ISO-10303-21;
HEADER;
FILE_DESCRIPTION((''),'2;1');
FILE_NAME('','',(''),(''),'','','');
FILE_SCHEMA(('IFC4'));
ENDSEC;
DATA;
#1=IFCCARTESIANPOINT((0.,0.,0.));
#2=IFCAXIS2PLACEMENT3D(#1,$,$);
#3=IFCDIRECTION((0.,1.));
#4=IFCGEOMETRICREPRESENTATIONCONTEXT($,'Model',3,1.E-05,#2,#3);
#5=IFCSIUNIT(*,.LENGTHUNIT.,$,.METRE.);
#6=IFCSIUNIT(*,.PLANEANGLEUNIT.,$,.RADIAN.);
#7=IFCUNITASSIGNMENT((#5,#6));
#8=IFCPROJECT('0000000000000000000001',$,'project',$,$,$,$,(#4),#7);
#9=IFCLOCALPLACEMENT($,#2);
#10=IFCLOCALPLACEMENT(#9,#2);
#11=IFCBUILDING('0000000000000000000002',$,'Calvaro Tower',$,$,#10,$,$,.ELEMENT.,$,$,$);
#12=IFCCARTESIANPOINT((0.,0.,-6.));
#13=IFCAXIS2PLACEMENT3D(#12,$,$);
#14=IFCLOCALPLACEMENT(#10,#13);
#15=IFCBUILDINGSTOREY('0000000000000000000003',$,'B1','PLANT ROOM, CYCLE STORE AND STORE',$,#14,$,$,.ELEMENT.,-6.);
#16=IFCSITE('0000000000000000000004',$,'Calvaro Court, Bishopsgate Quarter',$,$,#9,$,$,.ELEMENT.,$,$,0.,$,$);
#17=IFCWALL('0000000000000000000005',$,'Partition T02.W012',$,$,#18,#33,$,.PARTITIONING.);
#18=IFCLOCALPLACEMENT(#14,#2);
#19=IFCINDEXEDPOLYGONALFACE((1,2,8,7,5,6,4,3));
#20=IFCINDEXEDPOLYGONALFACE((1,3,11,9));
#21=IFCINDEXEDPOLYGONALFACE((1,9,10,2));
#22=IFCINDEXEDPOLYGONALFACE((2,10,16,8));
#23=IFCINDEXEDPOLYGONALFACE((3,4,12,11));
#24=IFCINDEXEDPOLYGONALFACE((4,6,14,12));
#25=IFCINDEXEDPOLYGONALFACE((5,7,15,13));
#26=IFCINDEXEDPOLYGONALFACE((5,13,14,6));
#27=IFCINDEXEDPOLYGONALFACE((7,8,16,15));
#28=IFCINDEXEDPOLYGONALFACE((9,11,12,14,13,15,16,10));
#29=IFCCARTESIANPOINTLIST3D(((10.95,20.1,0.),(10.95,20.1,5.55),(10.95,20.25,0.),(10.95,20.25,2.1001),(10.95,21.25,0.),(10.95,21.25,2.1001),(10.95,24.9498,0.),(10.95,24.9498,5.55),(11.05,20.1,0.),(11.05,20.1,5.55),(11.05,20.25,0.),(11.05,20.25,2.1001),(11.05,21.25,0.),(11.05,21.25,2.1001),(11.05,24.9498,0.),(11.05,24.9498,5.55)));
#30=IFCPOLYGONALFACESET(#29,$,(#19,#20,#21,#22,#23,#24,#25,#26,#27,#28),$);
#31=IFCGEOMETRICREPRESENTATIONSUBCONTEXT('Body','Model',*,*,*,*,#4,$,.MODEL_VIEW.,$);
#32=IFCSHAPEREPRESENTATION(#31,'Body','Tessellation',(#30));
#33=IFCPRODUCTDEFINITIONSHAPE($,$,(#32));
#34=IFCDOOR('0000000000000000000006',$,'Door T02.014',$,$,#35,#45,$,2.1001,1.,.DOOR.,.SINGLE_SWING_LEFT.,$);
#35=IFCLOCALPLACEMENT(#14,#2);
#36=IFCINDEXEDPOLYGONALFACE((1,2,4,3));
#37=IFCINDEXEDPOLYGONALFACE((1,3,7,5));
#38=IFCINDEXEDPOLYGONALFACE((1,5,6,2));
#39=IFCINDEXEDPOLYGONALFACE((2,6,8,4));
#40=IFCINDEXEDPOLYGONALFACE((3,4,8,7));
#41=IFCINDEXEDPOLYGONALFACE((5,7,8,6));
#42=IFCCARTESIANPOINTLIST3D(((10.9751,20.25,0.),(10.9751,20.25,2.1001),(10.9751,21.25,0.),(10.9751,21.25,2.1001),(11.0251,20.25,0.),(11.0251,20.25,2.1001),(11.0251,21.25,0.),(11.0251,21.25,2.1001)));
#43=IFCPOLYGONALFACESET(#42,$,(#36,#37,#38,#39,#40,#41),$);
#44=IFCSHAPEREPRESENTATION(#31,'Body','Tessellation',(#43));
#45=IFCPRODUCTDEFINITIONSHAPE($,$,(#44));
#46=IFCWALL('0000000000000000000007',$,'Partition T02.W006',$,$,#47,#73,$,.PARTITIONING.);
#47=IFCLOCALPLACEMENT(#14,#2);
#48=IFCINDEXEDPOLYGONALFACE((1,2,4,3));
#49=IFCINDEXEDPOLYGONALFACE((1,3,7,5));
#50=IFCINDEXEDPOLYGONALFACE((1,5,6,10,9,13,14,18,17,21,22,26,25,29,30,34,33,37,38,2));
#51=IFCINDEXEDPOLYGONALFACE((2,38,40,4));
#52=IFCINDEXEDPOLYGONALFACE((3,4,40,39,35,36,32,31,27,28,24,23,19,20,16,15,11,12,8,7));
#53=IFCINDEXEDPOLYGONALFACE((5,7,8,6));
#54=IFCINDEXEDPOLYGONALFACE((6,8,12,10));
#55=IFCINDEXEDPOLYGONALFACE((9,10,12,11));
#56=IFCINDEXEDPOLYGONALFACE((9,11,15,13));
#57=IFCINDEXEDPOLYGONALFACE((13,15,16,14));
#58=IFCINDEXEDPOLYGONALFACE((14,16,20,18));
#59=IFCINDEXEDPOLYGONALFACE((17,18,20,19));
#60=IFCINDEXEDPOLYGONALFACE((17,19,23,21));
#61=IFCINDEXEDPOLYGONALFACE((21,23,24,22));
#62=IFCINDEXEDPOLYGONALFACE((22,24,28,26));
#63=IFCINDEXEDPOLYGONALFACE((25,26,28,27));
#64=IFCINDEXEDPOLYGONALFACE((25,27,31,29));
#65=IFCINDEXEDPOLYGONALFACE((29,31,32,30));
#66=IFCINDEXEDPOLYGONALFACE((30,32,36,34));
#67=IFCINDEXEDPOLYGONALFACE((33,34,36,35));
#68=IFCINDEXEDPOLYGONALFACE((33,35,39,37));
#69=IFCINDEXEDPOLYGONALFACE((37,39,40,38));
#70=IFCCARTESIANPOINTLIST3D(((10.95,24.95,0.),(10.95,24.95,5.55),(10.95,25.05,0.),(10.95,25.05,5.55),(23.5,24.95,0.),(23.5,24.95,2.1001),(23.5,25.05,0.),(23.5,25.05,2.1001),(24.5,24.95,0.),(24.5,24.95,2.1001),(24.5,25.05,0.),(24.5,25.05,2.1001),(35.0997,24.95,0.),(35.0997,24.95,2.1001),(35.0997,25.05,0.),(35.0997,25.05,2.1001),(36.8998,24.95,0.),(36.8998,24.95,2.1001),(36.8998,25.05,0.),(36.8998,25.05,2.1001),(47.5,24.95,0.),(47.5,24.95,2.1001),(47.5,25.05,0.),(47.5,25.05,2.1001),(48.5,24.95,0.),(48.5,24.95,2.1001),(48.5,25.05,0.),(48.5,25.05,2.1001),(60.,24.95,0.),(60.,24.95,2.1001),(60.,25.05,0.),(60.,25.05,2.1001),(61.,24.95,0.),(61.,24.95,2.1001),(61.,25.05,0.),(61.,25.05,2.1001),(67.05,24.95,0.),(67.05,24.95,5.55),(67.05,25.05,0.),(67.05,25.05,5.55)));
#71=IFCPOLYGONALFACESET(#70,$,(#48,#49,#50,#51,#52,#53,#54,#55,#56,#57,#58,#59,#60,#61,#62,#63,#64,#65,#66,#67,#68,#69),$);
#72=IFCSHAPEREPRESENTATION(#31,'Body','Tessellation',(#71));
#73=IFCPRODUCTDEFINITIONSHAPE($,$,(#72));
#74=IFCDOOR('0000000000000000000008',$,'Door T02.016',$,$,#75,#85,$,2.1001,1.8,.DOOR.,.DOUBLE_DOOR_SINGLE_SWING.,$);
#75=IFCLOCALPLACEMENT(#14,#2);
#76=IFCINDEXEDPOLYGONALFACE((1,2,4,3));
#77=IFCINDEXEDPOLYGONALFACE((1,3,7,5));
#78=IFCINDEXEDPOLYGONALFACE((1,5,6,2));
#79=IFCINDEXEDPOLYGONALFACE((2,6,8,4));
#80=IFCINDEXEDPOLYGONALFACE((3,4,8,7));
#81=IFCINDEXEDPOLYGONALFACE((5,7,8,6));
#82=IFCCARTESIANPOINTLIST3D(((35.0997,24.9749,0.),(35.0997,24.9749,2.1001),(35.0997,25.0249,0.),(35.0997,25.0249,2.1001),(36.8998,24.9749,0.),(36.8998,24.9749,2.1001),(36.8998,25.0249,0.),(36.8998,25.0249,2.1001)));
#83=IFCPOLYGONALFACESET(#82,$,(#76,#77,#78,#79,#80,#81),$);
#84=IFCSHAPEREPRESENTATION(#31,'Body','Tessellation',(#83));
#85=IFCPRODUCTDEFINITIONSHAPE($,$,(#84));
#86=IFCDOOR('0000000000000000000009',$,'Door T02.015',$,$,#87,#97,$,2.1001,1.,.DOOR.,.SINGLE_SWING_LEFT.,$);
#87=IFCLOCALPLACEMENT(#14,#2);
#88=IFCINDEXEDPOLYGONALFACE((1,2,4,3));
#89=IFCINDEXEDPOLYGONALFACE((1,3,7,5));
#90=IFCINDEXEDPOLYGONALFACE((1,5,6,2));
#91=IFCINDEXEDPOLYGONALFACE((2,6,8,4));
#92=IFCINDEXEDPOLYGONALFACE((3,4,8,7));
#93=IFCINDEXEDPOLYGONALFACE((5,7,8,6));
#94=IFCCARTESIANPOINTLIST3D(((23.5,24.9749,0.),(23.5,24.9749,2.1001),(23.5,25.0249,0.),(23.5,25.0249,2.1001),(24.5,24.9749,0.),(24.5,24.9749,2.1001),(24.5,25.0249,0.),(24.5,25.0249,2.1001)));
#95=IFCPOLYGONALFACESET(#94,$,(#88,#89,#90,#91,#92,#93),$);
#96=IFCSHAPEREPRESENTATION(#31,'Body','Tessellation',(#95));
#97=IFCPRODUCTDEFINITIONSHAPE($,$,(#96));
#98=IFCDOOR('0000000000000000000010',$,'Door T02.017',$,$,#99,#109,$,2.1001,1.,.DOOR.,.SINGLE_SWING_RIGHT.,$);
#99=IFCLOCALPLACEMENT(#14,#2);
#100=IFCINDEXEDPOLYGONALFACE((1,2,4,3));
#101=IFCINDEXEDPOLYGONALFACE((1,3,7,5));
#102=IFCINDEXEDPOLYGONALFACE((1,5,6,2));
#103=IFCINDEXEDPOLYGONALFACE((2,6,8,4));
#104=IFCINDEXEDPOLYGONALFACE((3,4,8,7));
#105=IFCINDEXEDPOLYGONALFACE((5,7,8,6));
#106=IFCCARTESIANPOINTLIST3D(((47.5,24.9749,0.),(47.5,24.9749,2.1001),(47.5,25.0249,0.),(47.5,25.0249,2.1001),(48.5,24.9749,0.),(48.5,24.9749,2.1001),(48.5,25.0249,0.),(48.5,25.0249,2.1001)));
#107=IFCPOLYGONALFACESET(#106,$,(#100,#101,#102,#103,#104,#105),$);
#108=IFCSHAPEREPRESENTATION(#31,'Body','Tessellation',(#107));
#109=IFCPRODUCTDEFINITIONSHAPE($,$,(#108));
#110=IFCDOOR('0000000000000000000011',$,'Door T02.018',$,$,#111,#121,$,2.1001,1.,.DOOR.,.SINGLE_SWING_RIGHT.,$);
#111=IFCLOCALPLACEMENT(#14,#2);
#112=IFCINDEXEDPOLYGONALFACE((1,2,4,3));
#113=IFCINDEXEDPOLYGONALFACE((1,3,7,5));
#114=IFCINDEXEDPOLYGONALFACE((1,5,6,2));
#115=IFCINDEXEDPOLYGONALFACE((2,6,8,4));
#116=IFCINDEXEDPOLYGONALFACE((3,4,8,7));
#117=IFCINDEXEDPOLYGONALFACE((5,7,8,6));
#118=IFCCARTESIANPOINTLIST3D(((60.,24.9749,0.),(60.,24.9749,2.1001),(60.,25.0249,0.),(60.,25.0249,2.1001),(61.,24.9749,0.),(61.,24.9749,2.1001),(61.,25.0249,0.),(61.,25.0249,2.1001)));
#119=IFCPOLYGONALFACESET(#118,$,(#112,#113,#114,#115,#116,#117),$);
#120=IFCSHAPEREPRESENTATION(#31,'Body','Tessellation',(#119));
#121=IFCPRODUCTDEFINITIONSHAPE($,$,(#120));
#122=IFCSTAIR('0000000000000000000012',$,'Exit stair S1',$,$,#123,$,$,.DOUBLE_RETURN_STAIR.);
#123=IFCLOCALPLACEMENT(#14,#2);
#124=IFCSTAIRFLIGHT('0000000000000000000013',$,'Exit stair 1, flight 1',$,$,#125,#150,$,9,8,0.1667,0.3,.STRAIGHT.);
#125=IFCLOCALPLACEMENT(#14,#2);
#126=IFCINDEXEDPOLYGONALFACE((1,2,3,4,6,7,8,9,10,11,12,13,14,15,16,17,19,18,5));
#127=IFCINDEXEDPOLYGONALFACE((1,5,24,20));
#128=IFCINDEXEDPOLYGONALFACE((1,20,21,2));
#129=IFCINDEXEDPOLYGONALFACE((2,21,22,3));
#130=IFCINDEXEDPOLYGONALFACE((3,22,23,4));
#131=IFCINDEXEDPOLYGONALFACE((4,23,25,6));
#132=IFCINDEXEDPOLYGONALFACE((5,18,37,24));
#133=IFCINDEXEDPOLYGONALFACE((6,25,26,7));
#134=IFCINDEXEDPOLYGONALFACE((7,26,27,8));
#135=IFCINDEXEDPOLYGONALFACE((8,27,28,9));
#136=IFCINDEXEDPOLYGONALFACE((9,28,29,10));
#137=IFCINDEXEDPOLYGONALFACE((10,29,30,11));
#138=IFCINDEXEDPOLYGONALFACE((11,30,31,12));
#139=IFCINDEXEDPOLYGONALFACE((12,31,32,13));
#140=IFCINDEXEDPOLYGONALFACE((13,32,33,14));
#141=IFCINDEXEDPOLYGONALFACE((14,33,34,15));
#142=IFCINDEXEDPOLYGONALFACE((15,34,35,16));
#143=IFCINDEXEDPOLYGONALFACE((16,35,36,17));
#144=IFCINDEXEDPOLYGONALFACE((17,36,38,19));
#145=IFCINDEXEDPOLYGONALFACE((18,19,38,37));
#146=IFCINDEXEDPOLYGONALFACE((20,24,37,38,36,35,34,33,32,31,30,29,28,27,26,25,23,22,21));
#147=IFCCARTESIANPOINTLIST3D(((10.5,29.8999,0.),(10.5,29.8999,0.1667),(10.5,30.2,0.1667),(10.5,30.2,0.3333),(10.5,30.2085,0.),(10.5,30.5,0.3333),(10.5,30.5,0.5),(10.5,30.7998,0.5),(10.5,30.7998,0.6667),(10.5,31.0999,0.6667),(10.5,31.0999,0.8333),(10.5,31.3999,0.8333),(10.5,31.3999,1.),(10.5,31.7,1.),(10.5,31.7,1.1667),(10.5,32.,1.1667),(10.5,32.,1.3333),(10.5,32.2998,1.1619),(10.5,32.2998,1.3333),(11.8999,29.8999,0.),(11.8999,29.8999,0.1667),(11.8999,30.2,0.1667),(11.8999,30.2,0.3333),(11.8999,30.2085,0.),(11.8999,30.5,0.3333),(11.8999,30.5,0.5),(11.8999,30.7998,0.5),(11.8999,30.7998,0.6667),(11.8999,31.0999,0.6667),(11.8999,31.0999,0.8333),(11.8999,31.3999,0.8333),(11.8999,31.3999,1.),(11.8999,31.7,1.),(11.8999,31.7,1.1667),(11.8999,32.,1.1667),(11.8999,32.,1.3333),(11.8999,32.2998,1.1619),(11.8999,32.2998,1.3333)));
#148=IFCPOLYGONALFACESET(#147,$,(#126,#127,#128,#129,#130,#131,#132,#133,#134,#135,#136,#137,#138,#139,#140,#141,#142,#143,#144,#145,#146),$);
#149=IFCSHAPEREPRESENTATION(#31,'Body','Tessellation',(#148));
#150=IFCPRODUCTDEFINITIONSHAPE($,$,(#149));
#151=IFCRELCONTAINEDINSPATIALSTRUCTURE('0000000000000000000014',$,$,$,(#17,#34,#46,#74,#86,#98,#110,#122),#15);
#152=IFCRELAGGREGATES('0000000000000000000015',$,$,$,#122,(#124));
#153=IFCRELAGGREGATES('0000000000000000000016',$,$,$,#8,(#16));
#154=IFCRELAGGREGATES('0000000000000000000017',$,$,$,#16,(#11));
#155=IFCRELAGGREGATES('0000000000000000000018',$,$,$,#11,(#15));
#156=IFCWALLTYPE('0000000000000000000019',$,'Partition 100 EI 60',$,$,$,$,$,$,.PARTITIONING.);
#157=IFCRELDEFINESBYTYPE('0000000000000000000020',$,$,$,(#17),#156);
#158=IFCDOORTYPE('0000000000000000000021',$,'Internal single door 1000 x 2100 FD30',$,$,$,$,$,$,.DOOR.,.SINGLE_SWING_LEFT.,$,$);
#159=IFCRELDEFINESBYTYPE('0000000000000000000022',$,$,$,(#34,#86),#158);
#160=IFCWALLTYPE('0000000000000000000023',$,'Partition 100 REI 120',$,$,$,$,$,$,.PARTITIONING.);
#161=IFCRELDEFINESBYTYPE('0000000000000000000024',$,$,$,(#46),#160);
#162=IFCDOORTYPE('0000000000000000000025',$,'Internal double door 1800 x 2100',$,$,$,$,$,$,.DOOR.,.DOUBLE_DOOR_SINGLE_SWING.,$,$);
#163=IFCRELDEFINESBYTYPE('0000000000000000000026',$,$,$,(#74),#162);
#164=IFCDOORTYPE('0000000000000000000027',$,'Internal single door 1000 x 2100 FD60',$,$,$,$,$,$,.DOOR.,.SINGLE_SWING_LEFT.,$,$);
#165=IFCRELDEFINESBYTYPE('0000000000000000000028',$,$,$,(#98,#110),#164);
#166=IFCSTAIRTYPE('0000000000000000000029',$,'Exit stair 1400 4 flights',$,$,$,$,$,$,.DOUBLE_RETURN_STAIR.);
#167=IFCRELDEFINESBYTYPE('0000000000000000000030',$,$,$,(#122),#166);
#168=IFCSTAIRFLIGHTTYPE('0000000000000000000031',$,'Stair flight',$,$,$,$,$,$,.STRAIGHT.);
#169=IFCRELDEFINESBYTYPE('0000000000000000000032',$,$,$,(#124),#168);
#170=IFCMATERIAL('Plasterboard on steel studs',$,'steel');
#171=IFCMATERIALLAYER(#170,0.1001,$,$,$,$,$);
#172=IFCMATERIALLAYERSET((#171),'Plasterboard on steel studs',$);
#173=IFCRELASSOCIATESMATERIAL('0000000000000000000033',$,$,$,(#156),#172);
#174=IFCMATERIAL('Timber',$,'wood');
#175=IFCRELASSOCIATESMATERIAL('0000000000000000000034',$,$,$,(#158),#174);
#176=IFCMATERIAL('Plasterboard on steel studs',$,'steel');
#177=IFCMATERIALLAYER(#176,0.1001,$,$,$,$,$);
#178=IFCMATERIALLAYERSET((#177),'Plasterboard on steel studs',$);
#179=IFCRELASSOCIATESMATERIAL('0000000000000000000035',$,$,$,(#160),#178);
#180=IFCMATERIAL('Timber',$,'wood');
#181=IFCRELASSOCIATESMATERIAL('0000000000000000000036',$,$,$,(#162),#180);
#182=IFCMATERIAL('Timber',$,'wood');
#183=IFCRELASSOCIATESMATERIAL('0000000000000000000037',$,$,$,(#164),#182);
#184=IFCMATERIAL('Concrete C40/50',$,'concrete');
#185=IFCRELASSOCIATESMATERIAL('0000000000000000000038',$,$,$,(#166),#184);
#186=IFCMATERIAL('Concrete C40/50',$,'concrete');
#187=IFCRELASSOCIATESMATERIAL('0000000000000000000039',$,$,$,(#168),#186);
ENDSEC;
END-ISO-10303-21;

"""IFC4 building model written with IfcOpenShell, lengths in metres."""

from ifc_helpers import new_model, si_unit, direction, frame, frame_2d, origin, place, context, subcontext, project, spatial, polyline, rectangle, outline, extrude, material, layer, layer_set, type_object, element, fill, aggregate, save


model = new_model("IFC4")

# Units and contexts
model_context = context("Model", 3, precision=1e-05, world=origin(), true_north=direction((0.0, 1.0)))
body_context = subcontext(model_context, "Body", "Model", "MODEL_VIEW")
ifc_project = project(units=[si_unit("LENGTHUNIT", "METRE"), si_unit("PLANEANGLEUNIT", "RADIAN")], contexts=[model_context])

# Site, building, storey
site_placement = place(None, origin())
site = spatial("IfcSite", under=ifc_project, at=site_placement, Name="Calvaro Court, Bishopsgate Quarter", CompositionType="ELEMENT", RefElevation=0.0)
building_placement = place(site_placement, origin())
building = spatial("IfcBuilding", under=site, at=building_placement, Name="Calvaro Tower", CompositionType="ELEMENT")
storey_placement = place(building_placement, frame((0.0, 0.0, -6.0)))
storey = spatial("IfcBuildingStorey", under=building, at=storey_placement, Name="B1", Description="PLANT ROOM, CYCLE STORE AND STORE", CompositionType="ELEMENT", Elevation=-6.0)

# Wall, opening, door
ifc_material_1 = material(Name="Plasterboard on steel studs", Category="steel")
ifc_layer_1 = layer(ifc_material_1, 0.1001)
ifc_layer_set_1 = layer_set([ifc_layer_1], Name="Plasterboard on steel studs")
wall_type_1 = type_object("IfcWallType", Name="Partition 100 EI 60", PredefinedType="PARTITIONING", material=ifc_layer_set_1)
wall_1_placement = place(storey_placement, frame((11.0, 20.1001, 0.0), z_axis=(0.0, 0.0, 1.0), x_axis=(0.0, 1.0, 0.0)))
wall_1 = element("IfcWall", 1, at=wall_1_placement, inside=storey, type_object=wall_type_1, Name="Partition T02.W012", PredefinedType="PARTITIONING", context=body_context, shape_type="SweptSolid", body=[
    extrude(rectangle(XDim=4.8499, YDim=0.1001, at=frame_2d((2.4248, 0.0))), origin(), (0.0, 0.0, 1.0), 5.55),
])
opening_1_placement = place(wall_1_placement, frame((0.1499, 0.0, 0.0)))
opening_1 = element("IfcOpeningElement", 2, at=opening_1_placement, cuts=wall_1, PredefinedType="OPENING", context=body_context, shape_type="SweptSolid", body=[
    extrude(rectangle(XDim=1.0, YDim=2.1001, at=frame_2d((0.5, 1.05))), frame((0.0, 0.0601, 0.0), z_axis=(0.0, -1.0, 0.0), x_axis=(1.0, 0.0, 0.0)), (0.0, 0.0, 1.0), 0.1201),
])
ifc_material_2 = material(Name="Timber", Category="wood")
door_type_1 = type_object("IfcDoorType", Name="Internal single door 1000 x 2100 FD30", OperationType="SINGLE_SWING_LEFT", PredefinedType="DOOR", material=ifc_material_2)
door_1_placement = place(opening_1_placement, origin())
door_1 = element("IfcDoor", 3, at=door_1_placement, inside=storey, type_object=door_type_1, Name="Door T02.014", OperationType="SINGLE_SWING_LEFT", OverallHeight=2.1001, OverallWidth=1.0, PredefinedType="DOOR", context=body_context, shape_type="SweptSolid", body=[
    extrude(rectangle(XDim=1.0, YDim=2.1001, at=frame_2d((0.5, 1.05))), frame((0.0, 0.0249, 0.0), z_axis=(0.0, -1.0, 0.0), x_axis=(1.0, 0.0, 0.0)), (0.0, 0.0, 1.0), 0.05),
])
fill(opening_1, door_1)

# Wall, openings, doors
ifc_material_3 = material(Name="Plasterboard on steel studs", Category="steel")
ifc_layer_2 = layer(ifc_material_3, 0.1001)
ifc_layer_set_2 = layer_set([ifc_layer_2], Name="Plasterboard on steel studs")
wall_type_2 = type_object("IfcWallType", Name="Partition 100 REI 120", PredefinedType="PARTITIONING", material=ifc_layer_set_2)
wall_2_placement = place(storey_placement, frame((10.95, 25.0, 0.0), z_axis=(0.0, 0.0, 1.0), x_axis=(1.0, 0.0, 0.0)))
wall_2 = element("IfcWall", 4, at=wall_2_placement, inside=storey, type_object=wall_type_2, Name="Partition T02.W006", PredefinedType="PARTITIONING", context=body_context, shape_type="SweptSolid", body=[
    extrude(rectangle(XDim=56.1001, YDim=0.1001, at=frame_2d((28.05, 0.0))), origin(), (0.0, 0.0, 1.0), 5.55),
])
opening_2_placement = place(wall_2_placement, frame((12.55, 0.0, 0.0)))
opening_2 = element("IfcOpeningElement", 5, at=opening_2_placement, cuts=wall_2, PredefinedType="OPENING", context=body_context, shape_type="SweptSolid", body=[
    extrude(rectangle(XDim=1.0, YDim=2.1001, at=frame_2d((0.5, 1.05))), frame((0.0, 0.0601, 0.0), z_axis=(0.0, -1.0, 0.0), x_axis=(1.0, 0.0, 0.0)), (0.0, 0.0, 1.0), 0.1201),
])
opening_3_placement = place(wall_2_placement, frame((24.1499, 0.0, 0.0)))
opening_3 = element("IfcOpeningElement", 6, at=opening_3_placement, cuts=wall_2, PredefinedType="OPENING", context=body_context, shape_type="SweptSolid", body=[
    extrude(rectangle(XDim=1.8, YDim=2.1001, at=frame_2d((0.8999, 1.05))), frame((0.0, 0.0601, 0.0), z_axis=(0.0, -1.0, 0.0), x_axis=(1.0, 0.0, 0.0)), (0.0, 0.0, 1.0), 0.1201),
])
opening_4_placement = place(wall_2_placement, frame((36.55, 0.0, 0.0)))
opening_4 = element("IfcOpeningElement", 7, at=opening_4_placement, cuts=wall_2, PredefinedType="OPENING", context=body_context, shape_type="SweptSolid", body=[
    extrude(rectangle(XDim=1.0, YDim=2.1001, at=frame_2d((0.5, 1.05))), frame((0.0, 0.0601, 0.0), z_axis=(0.0, -1.0, 0.0), x_axis=(1.0, 0.0, 0.0)), (0.0, 0.0, 1.0), 0.1201),
])
opening_5_placement = place(wall_2_placement, frame((49.05, 0.0, 0.0)))
opening_5 = element("IfcOpeningElement", 8, at=opening_5_placement, cuts=wall_2, PredefinedType="OPENING", context=body_context, shape_type="SweptSolid", body=[
    extrude(rectangle(XDim=1.0, YDim=2.1001, at=frame_2d((0.5, 1.05))), frame((0.0, 0.0601, 0.0), z_axis=(0.0, -1.0, 0.0), x_axis=(1.0, 0.0, 0.0)), (0.0, 0.0, 1.0), 0.1201),
])
ifc_material_4 = material(Name="Timber", Category="wood")
door_type_2 = type_object("IfcDoorType", Name="Internal double door 1800 x 2100", OperationType="DOUBLE_DOOR_SINGLE_SWING", PredefinedType="DOOR", material=ifc_material_4)
door_2_placement = place(opening_3_placement, origin())
door_2 = element("IfcDoor", 9, at=door_2_placement, inside=storey, type_object=door_type_2, Name="Door T02.016", OperationType="DOUBLE_DOOR_SINGLE_SWING", OverallHeight=2.1001, OverallWidth=1.8, PredefinedType="DOOR", context=body_context, shape_type="SweptSolid", body=[
    extrude(rectangle(XDim=1.8, YDim=2.1001, at=frame_2d((0.8999, 1.05))), frame((0.0, 0.0249, 0.0), z_axis=(0.0, -1.0, 0.0), x_axis=(1.0, 0.0, 0.0)), (0.0, 0.0, 1.0), 0.05),
])
fill(opening_3, door_2)
door_3_placement = place(opening_2_placement, origin())
door_3 = element("IfcDoor", 10, at=door_3_placement, inside=storey, type_object=door_type_1, Name="Door T02.015", OperationType="SINGLE_SWING_LEFT", OverallHeight=2.1001, OverallWidth=1.0, PredefinedType="DOOR", context=body_context, shape_type="SweptSolid", body=[
    extrude(rectangle(XDim=1.0, YDim=2.1001, at=frame_2d((0.5, 1.05))), frame((0.0, 0.0249, 0.0), z_axis=(0.0, -1.0, 0.0), x_axis=(1.0, 0.0, 0.0)), (0.0, 0.0, 1.0), 0.05),
])
fill(opening_2, door_3)
ifc_material_5 = material(Name="Timber", Category="wood")
door_type_3 = type_object("IfcDoorType", Name="Internal single door 1000 x 2100 FD60", OperationType="SINGLE_SWING_LEFT", PredefinedType="DOOR", material=ifc_material_5)
door_4_placement = place(opening_4_placement, origin())
door_4 = element("IfcDoor", 11, at=door_4_placement, inside=storey, type_object=door_type_3, Name="Door T02.017", OperationType="SINGLE_SWING_RIGHT", OverallHeight=2.1001, OverallWidth=1.0, PredefinedType="DOOR", context=body_context, shape_type="SweptSolid", body=[
    extrude(rectangle(XDim=1.0, YDim=2.1001, at=frame_2d((0.5, 1.05))), frame((0.0, 0.0249, 0.0), z_axis=(0.0, -1.0, 0.0), x_axis=(1.0, 0.0, 0.0)), (0.0, 0.0, 1.0), 0.05),
])
fill(opening_4, door_4)
door_5_placement = place(opening_5_placement, origin())
door_5 = element("IfcDoor", 12, at=door_5_placement, inside=storey, type_object=door_type_3, Name="Door T02.018", OperationType="SINGLE_SWING_RIGHT", OverallHeight=2.1001, OverallWidth=1.0, PredefinedType="DOOR", context=body_context, shape_type="SweptSolid", body=[
    extrude(rectangle(XDim=1.0, YDim=2.1001, at=frame_2d((0.5, 1.05))), frame((0.0, 0.0249, 0.0), z_axis=(0.0, -1.0, 0.0), x_axis=(1.0, 0.0, 0.0)), (0.0, 0.0, 1.0), 0.05),
])
fill(opening_5, door_5)

# Stair, stair flight
ifc_material_6 = material(Name="Concrete C40/50", Category="concrete")
stair_type = type_object("IfcStairType", Name="Exit stair 1400 4 flights", PredefinedType="DOUBLE_RETURN_STAIR", material=ifc_material_6)
stair_placement = place(storey_placement, origin())
stair = element("IfcStair", 13, at=stair_placement, inside=storey, type_object=stair_type, Name="Exit stair S1", PredefinedType="DOUBLE_RETURN_STAIR")
ifc_material_7 = material(Name="Concrete C40/50", Category="concrete")
stair_flight_type = type_object("IfcStairFlightType", Name="Stair flight", PredefinedType="STRAIGHT", material=ifc_material_7)
stair_flight_1_placement = place(storey_placement, frame((11.2, 29.8999, 0.0), z_axis=(0.0, 0.0, 1.0), x_axis=(0.0, 1.0, 0.0)))
stair_flight_1 = element("IfcStairFlight", 14, at=stair_flight_1_placement, type_object=stair_flight_type, Name="Exit stair 1, flight 1", NumberOfRisers=9, NumberOfTreads=8, PredefinedType="STRAIGHT", RiserHeight=0.1667, TreadLength=0.3, context=body_context, shape_type="SweptSolid", body=[
    extrude(outline(polyline([(0.0, 0.0), (0.0, 0.1667), (0.3, 0.1667), (0.3, 0.3333), (0.6001, 0.3333), (0.6001, 0.5), (0.8999, 0.5), (0.8999, 0.6667), (1.2, 0.6667), (1.2, 0.8333), (1.5, 0.8333), (1.5, 1.0), (1.8, 1.0), (1.8, 1.1667), (2.1001, 1.1667), (2.1001, 1.3333), (2.3999, 1.3333), (2.3999, 1.5), (2.3999, 1.1619), (0.3086, 0.0), (0.0, 0.0)])), frame((0.0, 0.7, 0.0), z_axis=(0.0, -1.0, 0.0), x_axis=(1.0, 0.0, 0.0)), (0.0, 0.0, 1.0), 1.3999),
])
aggregate(stair, [stair_flight_1])

save(model, "model.ifc")
